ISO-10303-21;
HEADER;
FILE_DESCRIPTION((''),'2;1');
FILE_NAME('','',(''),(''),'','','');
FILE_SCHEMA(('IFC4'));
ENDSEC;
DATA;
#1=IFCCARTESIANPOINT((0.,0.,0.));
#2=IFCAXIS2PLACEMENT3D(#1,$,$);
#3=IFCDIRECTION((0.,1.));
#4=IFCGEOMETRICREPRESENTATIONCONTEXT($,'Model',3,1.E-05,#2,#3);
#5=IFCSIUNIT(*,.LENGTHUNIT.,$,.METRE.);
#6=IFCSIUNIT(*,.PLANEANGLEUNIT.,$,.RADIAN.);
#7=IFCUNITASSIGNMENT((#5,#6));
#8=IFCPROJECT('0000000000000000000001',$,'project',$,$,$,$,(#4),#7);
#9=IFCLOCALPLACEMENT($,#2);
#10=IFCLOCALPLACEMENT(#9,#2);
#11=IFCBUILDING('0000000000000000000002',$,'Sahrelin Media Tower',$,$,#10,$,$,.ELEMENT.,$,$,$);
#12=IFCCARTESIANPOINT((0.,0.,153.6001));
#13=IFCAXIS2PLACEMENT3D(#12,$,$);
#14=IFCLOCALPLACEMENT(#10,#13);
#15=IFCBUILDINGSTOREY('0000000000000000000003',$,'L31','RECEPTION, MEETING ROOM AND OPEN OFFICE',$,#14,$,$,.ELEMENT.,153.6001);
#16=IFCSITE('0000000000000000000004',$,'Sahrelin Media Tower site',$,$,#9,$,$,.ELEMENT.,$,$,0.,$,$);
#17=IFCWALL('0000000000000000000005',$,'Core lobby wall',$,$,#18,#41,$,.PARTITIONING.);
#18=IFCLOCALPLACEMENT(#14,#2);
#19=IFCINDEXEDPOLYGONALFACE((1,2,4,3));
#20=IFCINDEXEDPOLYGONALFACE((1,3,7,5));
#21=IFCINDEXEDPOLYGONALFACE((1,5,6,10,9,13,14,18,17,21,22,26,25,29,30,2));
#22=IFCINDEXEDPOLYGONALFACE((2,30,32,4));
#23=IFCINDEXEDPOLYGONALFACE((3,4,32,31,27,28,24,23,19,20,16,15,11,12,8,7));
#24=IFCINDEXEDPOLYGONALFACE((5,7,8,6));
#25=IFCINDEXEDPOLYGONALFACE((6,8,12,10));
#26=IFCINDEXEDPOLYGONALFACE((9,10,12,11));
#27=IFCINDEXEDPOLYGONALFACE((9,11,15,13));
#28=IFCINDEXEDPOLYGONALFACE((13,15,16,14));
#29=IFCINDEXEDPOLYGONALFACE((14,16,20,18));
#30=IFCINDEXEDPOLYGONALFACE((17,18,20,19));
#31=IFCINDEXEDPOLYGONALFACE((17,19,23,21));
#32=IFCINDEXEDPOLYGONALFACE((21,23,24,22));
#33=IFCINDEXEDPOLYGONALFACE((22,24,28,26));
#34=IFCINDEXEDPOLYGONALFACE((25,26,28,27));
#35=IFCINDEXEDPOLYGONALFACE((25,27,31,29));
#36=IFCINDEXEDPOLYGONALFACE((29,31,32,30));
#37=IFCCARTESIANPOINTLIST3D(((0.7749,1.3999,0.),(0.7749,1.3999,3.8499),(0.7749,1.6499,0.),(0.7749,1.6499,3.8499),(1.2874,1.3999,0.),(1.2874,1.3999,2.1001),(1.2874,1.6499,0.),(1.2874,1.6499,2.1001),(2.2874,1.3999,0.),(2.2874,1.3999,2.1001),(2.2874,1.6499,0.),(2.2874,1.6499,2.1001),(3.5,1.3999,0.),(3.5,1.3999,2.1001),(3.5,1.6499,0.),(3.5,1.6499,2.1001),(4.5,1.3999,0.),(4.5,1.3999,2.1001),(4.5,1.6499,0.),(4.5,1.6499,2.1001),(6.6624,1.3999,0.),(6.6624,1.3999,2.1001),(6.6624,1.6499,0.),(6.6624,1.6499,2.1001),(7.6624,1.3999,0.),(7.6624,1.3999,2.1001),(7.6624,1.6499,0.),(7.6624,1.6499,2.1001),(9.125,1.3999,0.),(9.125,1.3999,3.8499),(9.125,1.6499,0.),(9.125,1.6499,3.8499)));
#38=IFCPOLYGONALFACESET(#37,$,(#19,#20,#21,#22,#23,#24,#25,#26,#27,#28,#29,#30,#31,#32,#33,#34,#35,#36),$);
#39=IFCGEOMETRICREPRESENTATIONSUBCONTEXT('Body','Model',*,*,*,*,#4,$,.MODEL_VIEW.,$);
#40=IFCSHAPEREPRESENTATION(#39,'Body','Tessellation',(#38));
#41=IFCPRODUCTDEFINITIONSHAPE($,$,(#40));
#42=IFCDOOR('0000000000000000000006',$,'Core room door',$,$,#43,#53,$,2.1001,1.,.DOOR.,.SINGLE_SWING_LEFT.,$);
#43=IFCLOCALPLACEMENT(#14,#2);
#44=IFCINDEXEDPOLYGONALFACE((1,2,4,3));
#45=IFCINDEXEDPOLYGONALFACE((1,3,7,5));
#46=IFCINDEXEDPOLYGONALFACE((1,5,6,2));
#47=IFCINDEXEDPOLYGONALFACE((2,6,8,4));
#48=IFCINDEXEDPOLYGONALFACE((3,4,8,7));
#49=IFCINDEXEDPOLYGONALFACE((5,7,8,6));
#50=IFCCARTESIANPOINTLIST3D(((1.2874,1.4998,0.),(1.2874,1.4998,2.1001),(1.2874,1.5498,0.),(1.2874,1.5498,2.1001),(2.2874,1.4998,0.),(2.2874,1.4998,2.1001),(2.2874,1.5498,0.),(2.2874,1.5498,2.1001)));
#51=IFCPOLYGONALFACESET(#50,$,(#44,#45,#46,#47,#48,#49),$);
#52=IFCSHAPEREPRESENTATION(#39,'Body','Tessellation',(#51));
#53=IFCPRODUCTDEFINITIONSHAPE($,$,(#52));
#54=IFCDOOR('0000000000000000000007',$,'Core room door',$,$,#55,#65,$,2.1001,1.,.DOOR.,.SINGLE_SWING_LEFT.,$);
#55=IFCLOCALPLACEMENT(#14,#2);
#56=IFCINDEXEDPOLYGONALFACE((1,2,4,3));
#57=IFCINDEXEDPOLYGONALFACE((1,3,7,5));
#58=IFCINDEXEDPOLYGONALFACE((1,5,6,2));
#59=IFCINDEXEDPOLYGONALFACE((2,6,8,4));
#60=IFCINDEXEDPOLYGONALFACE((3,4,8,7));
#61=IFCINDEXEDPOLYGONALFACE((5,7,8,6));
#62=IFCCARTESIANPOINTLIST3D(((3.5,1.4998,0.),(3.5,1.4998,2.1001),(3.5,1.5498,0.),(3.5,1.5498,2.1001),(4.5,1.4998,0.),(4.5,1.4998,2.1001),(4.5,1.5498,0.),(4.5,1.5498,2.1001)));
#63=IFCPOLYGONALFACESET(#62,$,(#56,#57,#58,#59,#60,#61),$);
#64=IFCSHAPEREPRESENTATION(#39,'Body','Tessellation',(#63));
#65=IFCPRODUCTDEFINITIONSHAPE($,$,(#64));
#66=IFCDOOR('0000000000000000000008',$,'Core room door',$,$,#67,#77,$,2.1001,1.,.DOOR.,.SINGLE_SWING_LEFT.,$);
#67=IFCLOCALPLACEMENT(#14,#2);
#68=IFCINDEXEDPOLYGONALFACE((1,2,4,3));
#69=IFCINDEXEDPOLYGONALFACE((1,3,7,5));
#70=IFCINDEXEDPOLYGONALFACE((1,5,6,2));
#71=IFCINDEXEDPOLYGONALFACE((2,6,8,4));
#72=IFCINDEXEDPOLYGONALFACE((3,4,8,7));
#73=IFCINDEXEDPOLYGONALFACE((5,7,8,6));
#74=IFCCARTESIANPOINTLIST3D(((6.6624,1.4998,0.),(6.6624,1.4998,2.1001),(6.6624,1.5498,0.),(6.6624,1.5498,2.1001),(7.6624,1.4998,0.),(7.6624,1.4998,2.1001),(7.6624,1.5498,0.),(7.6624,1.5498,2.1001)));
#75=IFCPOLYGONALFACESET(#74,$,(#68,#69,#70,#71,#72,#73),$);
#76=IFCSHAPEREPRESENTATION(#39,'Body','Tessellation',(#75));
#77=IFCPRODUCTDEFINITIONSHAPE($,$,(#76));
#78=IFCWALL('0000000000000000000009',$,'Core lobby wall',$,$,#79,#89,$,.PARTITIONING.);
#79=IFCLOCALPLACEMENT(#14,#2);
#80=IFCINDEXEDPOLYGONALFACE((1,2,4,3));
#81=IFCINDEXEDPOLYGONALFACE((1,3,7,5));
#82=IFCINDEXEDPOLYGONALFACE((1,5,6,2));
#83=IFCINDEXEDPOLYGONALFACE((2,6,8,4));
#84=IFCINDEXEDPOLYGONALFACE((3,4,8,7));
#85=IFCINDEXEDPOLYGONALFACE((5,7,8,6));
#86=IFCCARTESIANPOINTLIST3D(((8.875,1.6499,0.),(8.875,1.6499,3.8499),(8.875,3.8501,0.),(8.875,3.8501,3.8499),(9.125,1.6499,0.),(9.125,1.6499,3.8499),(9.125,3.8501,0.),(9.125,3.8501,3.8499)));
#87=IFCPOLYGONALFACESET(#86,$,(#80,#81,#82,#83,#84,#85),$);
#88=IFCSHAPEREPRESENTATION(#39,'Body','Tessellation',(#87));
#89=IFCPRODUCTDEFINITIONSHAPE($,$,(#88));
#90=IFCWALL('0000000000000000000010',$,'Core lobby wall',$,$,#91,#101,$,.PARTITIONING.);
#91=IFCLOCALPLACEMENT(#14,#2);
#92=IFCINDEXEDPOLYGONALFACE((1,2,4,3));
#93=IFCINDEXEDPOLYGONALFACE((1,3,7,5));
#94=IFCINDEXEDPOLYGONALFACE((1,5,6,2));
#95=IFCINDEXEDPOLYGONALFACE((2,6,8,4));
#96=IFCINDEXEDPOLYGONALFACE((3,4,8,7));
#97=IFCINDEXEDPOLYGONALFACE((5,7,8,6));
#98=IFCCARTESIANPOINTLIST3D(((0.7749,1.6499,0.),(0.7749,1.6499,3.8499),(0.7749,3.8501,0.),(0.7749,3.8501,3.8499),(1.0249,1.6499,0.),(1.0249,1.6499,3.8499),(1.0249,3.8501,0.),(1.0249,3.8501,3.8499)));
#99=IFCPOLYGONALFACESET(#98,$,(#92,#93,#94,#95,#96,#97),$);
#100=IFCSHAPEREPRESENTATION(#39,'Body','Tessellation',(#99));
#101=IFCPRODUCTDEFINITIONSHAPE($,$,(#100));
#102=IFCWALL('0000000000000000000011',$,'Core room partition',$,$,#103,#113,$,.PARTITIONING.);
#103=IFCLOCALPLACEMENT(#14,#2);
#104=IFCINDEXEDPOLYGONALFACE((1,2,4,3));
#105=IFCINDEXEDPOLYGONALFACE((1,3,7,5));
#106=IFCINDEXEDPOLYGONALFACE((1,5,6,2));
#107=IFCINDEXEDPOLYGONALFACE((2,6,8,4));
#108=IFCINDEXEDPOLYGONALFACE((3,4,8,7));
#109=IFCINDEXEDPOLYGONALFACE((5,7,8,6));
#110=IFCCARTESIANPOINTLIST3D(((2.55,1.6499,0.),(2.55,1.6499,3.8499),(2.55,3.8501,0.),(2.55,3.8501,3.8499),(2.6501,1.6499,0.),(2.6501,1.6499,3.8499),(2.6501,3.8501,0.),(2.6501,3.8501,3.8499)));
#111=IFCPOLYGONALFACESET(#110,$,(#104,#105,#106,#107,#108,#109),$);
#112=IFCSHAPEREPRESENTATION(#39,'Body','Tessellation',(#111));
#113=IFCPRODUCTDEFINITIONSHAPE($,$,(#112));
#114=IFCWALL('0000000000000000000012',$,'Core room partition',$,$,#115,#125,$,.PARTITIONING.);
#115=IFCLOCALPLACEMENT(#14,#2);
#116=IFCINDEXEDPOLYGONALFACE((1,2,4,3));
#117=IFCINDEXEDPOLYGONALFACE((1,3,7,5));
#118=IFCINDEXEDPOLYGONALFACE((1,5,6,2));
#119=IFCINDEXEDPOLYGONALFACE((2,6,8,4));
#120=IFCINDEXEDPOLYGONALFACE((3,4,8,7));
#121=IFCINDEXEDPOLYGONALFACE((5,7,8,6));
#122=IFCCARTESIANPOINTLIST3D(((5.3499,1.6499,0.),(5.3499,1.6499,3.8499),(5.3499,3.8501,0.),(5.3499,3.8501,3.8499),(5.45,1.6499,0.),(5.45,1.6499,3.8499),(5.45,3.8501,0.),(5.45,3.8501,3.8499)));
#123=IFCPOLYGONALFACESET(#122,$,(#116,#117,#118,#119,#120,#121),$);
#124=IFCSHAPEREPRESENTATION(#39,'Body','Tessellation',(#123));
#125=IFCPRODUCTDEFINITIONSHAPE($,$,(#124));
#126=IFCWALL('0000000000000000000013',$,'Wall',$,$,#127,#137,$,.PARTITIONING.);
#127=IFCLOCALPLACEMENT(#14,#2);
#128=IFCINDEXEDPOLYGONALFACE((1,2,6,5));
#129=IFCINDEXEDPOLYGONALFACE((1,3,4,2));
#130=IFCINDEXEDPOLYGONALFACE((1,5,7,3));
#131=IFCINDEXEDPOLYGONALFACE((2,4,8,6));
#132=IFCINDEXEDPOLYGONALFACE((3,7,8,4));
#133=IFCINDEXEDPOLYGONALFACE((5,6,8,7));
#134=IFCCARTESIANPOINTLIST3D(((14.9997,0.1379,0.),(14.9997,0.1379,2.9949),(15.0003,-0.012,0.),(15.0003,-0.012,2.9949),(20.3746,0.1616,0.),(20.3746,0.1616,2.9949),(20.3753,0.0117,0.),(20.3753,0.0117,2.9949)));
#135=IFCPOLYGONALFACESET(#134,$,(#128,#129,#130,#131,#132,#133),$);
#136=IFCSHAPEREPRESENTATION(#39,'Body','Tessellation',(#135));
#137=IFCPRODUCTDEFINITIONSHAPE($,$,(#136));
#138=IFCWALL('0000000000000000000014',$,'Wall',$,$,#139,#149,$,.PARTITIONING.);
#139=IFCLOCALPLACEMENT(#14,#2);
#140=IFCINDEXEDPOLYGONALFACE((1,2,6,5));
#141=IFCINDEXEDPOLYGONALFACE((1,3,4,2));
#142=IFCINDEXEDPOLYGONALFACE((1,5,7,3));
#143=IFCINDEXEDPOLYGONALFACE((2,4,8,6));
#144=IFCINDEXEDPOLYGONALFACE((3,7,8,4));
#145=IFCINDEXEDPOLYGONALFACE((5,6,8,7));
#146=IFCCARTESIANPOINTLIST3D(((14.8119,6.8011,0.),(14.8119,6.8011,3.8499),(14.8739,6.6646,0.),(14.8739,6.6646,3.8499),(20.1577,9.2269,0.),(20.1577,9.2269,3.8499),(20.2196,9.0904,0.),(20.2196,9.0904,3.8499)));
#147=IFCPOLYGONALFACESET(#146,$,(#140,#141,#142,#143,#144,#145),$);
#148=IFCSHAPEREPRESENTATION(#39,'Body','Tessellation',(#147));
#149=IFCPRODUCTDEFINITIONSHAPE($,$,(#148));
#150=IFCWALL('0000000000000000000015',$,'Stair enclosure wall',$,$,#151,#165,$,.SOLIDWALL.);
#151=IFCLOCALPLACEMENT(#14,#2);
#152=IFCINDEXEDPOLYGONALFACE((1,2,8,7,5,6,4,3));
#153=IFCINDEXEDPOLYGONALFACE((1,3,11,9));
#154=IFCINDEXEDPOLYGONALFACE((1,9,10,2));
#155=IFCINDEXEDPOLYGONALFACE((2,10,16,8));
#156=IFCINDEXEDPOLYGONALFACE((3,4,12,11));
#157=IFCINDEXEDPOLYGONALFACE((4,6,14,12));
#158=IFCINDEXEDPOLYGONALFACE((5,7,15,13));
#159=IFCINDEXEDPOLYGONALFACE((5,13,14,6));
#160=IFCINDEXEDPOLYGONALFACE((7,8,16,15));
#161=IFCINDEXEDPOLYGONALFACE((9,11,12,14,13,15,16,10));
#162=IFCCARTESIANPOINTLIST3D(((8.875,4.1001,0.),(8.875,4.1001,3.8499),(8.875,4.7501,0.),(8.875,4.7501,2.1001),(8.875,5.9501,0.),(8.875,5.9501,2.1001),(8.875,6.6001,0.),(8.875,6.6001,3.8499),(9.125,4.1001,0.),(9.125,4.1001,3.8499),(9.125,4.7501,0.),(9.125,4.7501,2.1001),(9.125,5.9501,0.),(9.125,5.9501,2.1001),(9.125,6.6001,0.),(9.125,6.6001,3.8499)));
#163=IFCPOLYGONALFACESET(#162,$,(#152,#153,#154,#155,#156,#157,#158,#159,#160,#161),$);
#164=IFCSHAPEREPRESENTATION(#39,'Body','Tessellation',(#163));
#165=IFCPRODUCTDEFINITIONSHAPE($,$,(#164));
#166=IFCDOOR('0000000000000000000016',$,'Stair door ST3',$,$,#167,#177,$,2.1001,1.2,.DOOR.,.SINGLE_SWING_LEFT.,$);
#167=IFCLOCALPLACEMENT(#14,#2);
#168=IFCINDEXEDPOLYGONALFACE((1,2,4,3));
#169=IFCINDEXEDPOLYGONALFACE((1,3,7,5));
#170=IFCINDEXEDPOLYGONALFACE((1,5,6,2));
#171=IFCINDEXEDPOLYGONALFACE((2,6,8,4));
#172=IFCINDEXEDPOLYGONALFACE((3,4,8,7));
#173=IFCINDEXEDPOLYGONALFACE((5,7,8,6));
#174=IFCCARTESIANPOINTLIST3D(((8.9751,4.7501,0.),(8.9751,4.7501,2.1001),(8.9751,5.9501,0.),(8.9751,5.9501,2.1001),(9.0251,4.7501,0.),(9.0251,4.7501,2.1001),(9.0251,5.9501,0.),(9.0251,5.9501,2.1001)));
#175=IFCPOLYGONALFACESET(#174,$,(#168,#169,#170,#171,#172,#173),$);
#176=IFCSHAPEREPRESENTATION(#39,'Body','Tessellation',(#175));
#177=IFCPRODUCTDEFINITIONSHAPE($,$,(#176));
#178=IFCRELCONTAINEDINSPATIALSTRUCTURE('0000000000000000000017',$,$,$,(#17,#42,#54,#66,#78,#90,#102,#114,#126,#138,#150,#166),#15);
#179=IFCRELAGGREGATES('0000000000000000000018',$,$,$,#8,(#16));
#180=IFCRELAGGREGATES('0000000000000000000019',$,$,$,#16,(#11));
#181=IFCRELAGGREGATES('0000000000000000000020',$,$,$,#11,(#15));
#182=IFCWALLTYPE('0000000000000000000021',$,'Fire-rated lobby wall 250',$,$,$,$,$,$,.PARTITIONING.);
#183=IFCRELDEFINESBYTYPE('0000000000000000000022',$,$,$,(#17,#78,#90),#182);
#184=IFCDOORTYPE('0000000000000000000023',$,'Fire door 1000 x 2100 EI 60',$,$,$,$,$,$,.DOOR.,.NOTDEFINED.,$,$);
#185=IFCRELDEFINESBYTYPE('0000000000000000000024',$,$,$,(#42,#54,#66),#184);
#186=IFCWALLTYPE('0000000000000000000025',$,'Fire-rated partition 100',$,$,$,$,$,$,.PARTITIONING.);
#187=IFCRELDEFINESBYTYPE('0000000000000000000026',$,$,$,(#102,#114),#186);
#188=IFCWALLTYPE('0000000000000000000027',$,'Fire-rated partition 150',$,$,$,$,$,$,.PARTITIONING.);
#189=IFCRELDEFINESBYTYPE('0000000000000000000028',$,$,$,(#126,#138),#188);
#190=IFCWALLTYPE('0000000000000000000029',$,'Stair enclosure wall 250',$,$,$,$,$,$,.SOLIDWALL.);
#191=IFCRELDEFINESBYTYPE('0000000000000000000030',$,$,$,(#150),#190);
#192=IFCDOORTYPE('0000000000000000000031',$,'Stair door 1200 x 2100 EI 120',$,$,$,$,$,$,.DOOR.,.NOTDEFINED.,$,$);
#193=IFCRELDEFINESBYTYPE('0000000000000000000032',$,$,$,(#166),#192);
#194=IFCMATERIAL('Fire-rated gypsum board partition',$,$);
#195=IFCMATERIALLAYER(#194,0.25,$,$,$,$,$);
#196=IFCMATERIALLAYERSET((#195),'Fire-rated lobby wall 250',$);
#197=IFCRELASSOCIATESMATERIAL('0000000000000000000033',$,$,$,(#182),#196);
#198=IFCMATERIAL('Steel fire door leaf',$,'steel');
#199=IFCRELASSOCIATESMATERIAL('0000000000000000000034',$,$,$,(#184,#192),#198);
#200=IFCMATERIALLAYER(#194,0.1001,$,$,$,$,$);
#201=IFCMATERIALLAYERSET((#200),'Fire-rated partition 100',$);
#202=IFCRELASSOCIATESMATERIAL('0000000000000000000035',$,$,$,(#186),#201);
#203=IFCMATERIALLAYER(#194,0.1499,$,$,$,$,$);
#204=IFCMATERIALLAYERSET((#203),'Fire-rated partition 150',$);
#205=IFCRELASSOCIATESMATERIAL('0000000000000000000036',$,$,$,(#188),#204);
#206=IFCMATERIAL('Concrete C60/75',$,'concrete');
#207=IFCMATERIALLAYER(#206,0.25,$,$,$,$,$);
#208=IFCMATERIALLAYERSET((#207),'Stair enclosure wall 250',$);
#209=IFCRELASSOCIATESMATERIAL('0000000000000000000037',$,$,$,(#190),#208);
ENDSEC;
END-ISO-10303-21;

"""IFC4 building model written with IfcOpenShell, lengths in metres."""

from ifc_helpers import new_model, si_unit, direction, frame, frame_2d, origin, place, context, subcontext, project, spatial, rectangle, extrude, material, layer, layer_set, type_object, element, fill, save


model = new_model("IFC4")

# Units and contexts
model_context = context("Model", 3, precision=1e-05, world=origin(), true_north=direction((0.0, 1.0)))
body_context = subcontext(model_context, "Body", "Model", "MODEL_VIEW")
ifc_project = project(units=[si_unit("LENGTHUNIT", "METRE"), si_unit("PLANEANGLEUNIT", "RADIAN")], contexts=[model_context])

# Site, building, storey
site_placement = place(None, origin())
site = spatial("IfcSite", under=ifc_project, at=site_placement, Name="Sahrelin Media Tower site", CompositionType="ELEMENT", RefElevation=0.0)
building_placement = place(site_placement, origin())
building = spatial("IfcBuilding", under=site, at=building_placement, Name="Sahrelin Media Tower", CompositionType="ELEMENT")
storey_placement = place(building_placement, frame((0.0, 0.0, 153.6001)))
storey = spatial("IfcBuildingStorey", under=building, at=storey_placement, Name="L31", Description="RECEPTION, MEETING ROOM AND OPEN OFFICE", CompositionType="ELEMENT", Elevation=153.6001)

# Wall, openings, doors
ifc_material_1 = material(Name="Fire-rated gypsum board partition")
ifc_layer_1 = layer(ifc_material_1, 0.25)
ifc_layer_set_1 = layer_set([ifc_layer_1], Name="Fire-rated lobby wall 250")
wall_type_1 = type_object("IfcWallType", Name="Fire-rated lobby wall 250", PredefinedType="PARTITIONING", material=ifc_layer_set_1)
wall_1_placement = place(storey_placement, frame((0.7749, 1.5249, 0.0), z_axis=(0.0, 0.0, 1.0), x_axis=(1.0, 0.0, 0.0)))
wall_1 = element("IfcWall", 1, at=wall_1_placement, inside=storey, type_object=wall_type_1, Name="Core lobby wall", PredefinedType="PARTITIONING", context=body_context, shape_type="SweptSolid", body=[
    extrude(rectangle(XDim=8.3501, YDim=0.25, at=frame_2d((4.175, 0.0))), origin(), (0.0, 0.0, 1.0), 3.8499),
])
opening_1_placement = place(wall_1_placement, frame((0.5125, 0.0, 0.0)))
opening_1 = element("IfcOpeningElement", 2, at=opening_1_placement, cuts=wall_1, PredefinedType="OPENING", context=body_context, shape_type="SweptSolid", body=[
    extrude(rectangle(XDim=1.0, YDim=2.1001, at=frame_2d((0.5, 1.05))), frame((0.0, 0.125, 0.0), z_axis=(0.0, -1.0, 0.0), x_axis=(1.0, 0.0, 0.0)), (0.0, 0.0, 1.0), 0.25),
])
opening_2_placement = place(wall_1_placement, frame((2.7251, 0.0, 0.0)))
opening_2 = element("IfcOpeningElement", 3, at=opening_2_placement, cuts=wall_1, PredefinedType="OPENING", context=body_context, shape_type="SweptSolid", body=[
    extrude(rectangle(XDim=1.0, YDim=2.1001, at=frame_2d((0.5, 1.05))), frame((0.0, 0.125, 0.0), z_axis=(0.0, -1.0, 0.0), x_axis=(1.0, 0.0, 0.0)), (0.0, 0.0, 1.0), 0.25),
])
opening_3_placement = place(wall_1_placement, frame((5.8875, 0.0, 0.0)))
opening_3 = element("IfcOpeningElement", 4, at=opening_3_placement, cuts=wall_1, PredefinedType="OPENING", context=body_context, shape_type="SweptSolid", body=[
    extrude(rectangle(XDim=1.0, YDim=2.1001, at=frame_2d((0.5, 1.05))), frame((0.0, 0.125, 0.0), z_axis=(0.0, -1.0, 0.0), x_axis=(1.0, 0.0, 0.0)), (0.0, 0.0, 1.0), 0.25),
])
ifc_material_2 = material(Name="Steel fire door leaf", Category="steel")
door_type_1 = type_object("IfcDoorType", Name="Fire door 1000 x 2100 EI 60", OperationType="NOTDEFINED", PredefinedType="DOOR", material=ifc_material_2)
door_1_placement = place(opening_1_placement, origin())
door_1 = element("IfcDoor", 5, at=door_1_placement, inside=storey, type_object=door_type_1, Name="Core room door", OperationType="SINGLE_SWING_LEFT", OverallHeight=2.1001, OverallWidth=1.0, PredefinedType="DOOR", context=body_context, shape_type="SweptSolid", body=[
    extrude(rectangle(XDim=1.0, YDim=2.1001, at=frame_2d((0.5, 1.05))), frame((0.0, 0.0249, 0.0), z_axis=(0.0, -1.0, 0.0), x_axis=(1.0, 0.0, 0.0)), (0.0, 0.0, 1.0), 0.05),
])
fill(opening_1, door_1)
door_2_placement = place(opening_2_placement, origin())
door_2 = element("IfcDoor", 6, at=door_2_placement, inside=storey, type_object=door_type_1, Name="Core room door", OperationType="SINGLE_SWING_LEFT", OverallHeight=2.1001, OverallWidth=1.0, PredefinedType="DOOR", context=body_context, shape_type="SweptSolid", body=[
    extrude(rectangle(XDim=1.0, YDim=2.1001, at=frame_2d((0.5, 1.05))), frame((0.0, 0.0249, 0.0), z_axis=(0.0, -1.0, 0.0), x_axis=(1.0, 0.0, 0.0)), (0.0, 0.0, 1.0), 0.05),
])
fill(opening_2, door_2)
door_3_placement = place(opening_3_placement, origin())
door_3 = element("IfcDoor", 7, at=door_3_placement, inside=storey, type_object=door_type_1, Name="Core room door", OperationType="SINGLE_SWING_LEFT", OverallHeight=2.1001, OverallWidth=1.0, PredefinedType="DOOR", context=body_context, shape_type="SweptSolid", body=[
    extrude(rectangle(XDim=1.0, YDim=2.1001, at=frame_2d((0.5, 1.05))), frame((0.0, 0.0249, 0.0), z_axis=(0.0, -1.0, 0.0), x_axis=(1.0, 0.0, 0.0)), (0.0, 0.0, 1.0), 0.05),
])
fill(opening_3, door_3)

# Walls
for number, where, z_axis, x_axis, name in (
    (8, (9.0, 1.6499, 0.0), (0.0, 0.0, 1.0), (0.0, 1.0, 0.0), "Core lobby wall"),
    (9, (0.8999, 1.6499, 0.0), (0.0, 0.0, 1.0), (0.0, 1.0, 0.0), "Core lobby wall"),
):
    element("IfcWall", number, at=place(storey_placement, frame(where, z_axis=z_axis, x_axis=x_axis)), inside=storey, type_object=wall_type_1, Name=name, PredefinedType="PARTITIONING", context=body_context, shape_type="SweptSolid", body=[
        extrude(rectangle(XDim=2.2002, YDim=0.25, at=frame_2d((1.1001, 0.0))), origin(), (0.0, 0.0, 1.0), 3.8499),
    ])
ifc_layer_2 = layer(ifc_material_1, 0.1001)
ifc_layer_set_2 = layer_set([ifc_layer_2], Name="Fire-rated partition 100")
wall_type_2 = type_object("IfcWallType", Name="Fire-rated partition 100", PredefinedType="PARTITIONING", material=ifc_layer_set_2)
for number, where, z_axis, x_axis, name in (
    (10, (2.6001, 1.6499, 0.0), (0.0, 0.0, 1.0), (0.0, 1.0, 0.0), "Core room partition"),
    (11, (5.3999, 1.6499, 0.0), (0.0, 0.0, 1.0), (0.0, 1.0, 0.0), "Core room partition"),
):
    element("IfcWall", number, at=place(storey_placement, frame(where, z_axis=z_axis, x_axis=x_axis)), inside=storey, type_object=wall_type_2, Name=name, PredefinedType="PARTITIONING", context=body_context, shape_type="SweptSolid", body=[
        extrude(rectangle(XDim=2.2002, YDim=0.1001, at=frame_2d((1.1001, 0.0))), origin(), (0.0, 0.0, 1.0), 3.8499),
    ])
ifc_layer_3 = layer(ifc_material_1, 0.1499)
ifc_layer_set_3 = layer_set([ifc_layer_3], Name="Fire-rated partition 150")
wall_type_3 = type_object("IfcWallType", Name="Fire-rated partition 150", PredefinedType="PARTITIONING", material=ifc_layer_set_3)
wall_2_placement = place(storey_placement, frame((15.0, 0.063, 0.0), z_axis=(0.0, 0.0, 1.0), x_axis=(0.99999, 0.004406, 0.0)))
element("IfcWall", 12, at=wall_2_placement, inside=storey, type_object=wall_type_3, Name="Wall", PredefinedType="PARTITIONING", context=body_context, shape_type="SweptSolid", body=[
    extrude(rectangle(XDim=5.375, YDim=0.1499, at=frame_2d((2.6875, 0.0))), origin(), (0.0, 0.0, 1.0), 2.9949),
])
wall_3_placement = place(storey_placement, frame((14.843, 6.7329, 0.0), z_axis=(0.0, 0.0, 1.0), x_axis=(0.910628, 0.413226, 0.0)))
element("IfcWall", 13, at=wall_3_placement, inside=storey, type_object=wall_type_3, Name="Wall", PredefinedType="PARTITIONING", context=body_context, shape_type="SweptSolid", body=[
    extrude(rectangle(XDim=5.8704, YDim=0.1499, at=frame_2d((2.9351, 0.0))), origin(), (0.0, 0.0, 1.0), 3.8499),
])

# Wall, opening, door
ifc_material_3 = material(Name="Concrete C60/75", Category="concrete")
ifc_layer_4 = layer(ifc_material_3, 0.25)
ifc_layer_set_4 = layer_set([ifc_layer_4], Name="Stair enclosure wall 250")
wall_type_4 = type_object("IfcWallType", Name="Stair enclosure wall 250", PredefinedType="SOLIDWALL", material=ifc_layer_set_4)
wall_4_placement = place(storey_placement, frame((9.0, 4.1001, 0.0), z_axis=(0.0, 0.0, 1.0), x_axis=(0.0, 1.0, 0.0)))
wall_4 = element("IfcWall", 14, at=wall_4_placement, inside=storey, type_object=wall_type_4, Name="Stair enclosure wall", PredefinedType="SOLIDWALL", context=body_context, shape_type="SweptSolid", body=[
    extrude(rectangle(XDim=2.5, YDim=0.25, at=frame_2d((1.25, 0.0))), origin(), (0.0, 0.0, 1.0), 3.8499),
])
opening_4_placement = place(wall_4_placement, frame((0.6499, 0.0, 0.0)))
opening_4 = element("IfcOpeningElement", 15, at=opening_4_placement, cuts=wall_4, PredefinedType="OPENING", context=body_context, shape_type="SweptSolid", body=[
    extrude(rectangle(XDim=1.2, YDim=2.1001, at=frame_2d((0.6001, 1.05))), frame((0.0, 0.125, 0.0), z_axis=(0.0, -1.0, 0.0), x_axis=(1.0, 0.0, 0.0)), (0.0, 0.0, 1.0), 0.25),
])
door_type_2 = type_object("IfcDoorType", Name="Stair door 1200 x 2100 EI 120", OperationType="NOTDEFINED", PredefinedType="DOOR", material=ifc_material_2)
door_4_placement = place(opening_4_placement, origin())
door_4 = element("IfcDoor", 16, at=door_4_placement, inside=storey, type_object=door_type_2, Name="Stair door ST3", OperationType="SINGLE_SWING_LEFT", OverallHeight=2.1001, OverallWidth=1.2, PredefinedType="DOOR", context=body_context, shape_type="SweptSolid", body=[
    extrude(rectangle(XDim=1.2, YDim=2.1001, at=frame_2d((0.6001, 1.05))), frame((0.0, 0.0249, 0.0), z_axis=(0.0, -1.0, 0.0), x_axis=(1.0, 0.0, 0.0)), (0.0, 0.0, 1.0), 0.05),
])
fill(opening_4, door_4)

save(model, "model.ifc")
